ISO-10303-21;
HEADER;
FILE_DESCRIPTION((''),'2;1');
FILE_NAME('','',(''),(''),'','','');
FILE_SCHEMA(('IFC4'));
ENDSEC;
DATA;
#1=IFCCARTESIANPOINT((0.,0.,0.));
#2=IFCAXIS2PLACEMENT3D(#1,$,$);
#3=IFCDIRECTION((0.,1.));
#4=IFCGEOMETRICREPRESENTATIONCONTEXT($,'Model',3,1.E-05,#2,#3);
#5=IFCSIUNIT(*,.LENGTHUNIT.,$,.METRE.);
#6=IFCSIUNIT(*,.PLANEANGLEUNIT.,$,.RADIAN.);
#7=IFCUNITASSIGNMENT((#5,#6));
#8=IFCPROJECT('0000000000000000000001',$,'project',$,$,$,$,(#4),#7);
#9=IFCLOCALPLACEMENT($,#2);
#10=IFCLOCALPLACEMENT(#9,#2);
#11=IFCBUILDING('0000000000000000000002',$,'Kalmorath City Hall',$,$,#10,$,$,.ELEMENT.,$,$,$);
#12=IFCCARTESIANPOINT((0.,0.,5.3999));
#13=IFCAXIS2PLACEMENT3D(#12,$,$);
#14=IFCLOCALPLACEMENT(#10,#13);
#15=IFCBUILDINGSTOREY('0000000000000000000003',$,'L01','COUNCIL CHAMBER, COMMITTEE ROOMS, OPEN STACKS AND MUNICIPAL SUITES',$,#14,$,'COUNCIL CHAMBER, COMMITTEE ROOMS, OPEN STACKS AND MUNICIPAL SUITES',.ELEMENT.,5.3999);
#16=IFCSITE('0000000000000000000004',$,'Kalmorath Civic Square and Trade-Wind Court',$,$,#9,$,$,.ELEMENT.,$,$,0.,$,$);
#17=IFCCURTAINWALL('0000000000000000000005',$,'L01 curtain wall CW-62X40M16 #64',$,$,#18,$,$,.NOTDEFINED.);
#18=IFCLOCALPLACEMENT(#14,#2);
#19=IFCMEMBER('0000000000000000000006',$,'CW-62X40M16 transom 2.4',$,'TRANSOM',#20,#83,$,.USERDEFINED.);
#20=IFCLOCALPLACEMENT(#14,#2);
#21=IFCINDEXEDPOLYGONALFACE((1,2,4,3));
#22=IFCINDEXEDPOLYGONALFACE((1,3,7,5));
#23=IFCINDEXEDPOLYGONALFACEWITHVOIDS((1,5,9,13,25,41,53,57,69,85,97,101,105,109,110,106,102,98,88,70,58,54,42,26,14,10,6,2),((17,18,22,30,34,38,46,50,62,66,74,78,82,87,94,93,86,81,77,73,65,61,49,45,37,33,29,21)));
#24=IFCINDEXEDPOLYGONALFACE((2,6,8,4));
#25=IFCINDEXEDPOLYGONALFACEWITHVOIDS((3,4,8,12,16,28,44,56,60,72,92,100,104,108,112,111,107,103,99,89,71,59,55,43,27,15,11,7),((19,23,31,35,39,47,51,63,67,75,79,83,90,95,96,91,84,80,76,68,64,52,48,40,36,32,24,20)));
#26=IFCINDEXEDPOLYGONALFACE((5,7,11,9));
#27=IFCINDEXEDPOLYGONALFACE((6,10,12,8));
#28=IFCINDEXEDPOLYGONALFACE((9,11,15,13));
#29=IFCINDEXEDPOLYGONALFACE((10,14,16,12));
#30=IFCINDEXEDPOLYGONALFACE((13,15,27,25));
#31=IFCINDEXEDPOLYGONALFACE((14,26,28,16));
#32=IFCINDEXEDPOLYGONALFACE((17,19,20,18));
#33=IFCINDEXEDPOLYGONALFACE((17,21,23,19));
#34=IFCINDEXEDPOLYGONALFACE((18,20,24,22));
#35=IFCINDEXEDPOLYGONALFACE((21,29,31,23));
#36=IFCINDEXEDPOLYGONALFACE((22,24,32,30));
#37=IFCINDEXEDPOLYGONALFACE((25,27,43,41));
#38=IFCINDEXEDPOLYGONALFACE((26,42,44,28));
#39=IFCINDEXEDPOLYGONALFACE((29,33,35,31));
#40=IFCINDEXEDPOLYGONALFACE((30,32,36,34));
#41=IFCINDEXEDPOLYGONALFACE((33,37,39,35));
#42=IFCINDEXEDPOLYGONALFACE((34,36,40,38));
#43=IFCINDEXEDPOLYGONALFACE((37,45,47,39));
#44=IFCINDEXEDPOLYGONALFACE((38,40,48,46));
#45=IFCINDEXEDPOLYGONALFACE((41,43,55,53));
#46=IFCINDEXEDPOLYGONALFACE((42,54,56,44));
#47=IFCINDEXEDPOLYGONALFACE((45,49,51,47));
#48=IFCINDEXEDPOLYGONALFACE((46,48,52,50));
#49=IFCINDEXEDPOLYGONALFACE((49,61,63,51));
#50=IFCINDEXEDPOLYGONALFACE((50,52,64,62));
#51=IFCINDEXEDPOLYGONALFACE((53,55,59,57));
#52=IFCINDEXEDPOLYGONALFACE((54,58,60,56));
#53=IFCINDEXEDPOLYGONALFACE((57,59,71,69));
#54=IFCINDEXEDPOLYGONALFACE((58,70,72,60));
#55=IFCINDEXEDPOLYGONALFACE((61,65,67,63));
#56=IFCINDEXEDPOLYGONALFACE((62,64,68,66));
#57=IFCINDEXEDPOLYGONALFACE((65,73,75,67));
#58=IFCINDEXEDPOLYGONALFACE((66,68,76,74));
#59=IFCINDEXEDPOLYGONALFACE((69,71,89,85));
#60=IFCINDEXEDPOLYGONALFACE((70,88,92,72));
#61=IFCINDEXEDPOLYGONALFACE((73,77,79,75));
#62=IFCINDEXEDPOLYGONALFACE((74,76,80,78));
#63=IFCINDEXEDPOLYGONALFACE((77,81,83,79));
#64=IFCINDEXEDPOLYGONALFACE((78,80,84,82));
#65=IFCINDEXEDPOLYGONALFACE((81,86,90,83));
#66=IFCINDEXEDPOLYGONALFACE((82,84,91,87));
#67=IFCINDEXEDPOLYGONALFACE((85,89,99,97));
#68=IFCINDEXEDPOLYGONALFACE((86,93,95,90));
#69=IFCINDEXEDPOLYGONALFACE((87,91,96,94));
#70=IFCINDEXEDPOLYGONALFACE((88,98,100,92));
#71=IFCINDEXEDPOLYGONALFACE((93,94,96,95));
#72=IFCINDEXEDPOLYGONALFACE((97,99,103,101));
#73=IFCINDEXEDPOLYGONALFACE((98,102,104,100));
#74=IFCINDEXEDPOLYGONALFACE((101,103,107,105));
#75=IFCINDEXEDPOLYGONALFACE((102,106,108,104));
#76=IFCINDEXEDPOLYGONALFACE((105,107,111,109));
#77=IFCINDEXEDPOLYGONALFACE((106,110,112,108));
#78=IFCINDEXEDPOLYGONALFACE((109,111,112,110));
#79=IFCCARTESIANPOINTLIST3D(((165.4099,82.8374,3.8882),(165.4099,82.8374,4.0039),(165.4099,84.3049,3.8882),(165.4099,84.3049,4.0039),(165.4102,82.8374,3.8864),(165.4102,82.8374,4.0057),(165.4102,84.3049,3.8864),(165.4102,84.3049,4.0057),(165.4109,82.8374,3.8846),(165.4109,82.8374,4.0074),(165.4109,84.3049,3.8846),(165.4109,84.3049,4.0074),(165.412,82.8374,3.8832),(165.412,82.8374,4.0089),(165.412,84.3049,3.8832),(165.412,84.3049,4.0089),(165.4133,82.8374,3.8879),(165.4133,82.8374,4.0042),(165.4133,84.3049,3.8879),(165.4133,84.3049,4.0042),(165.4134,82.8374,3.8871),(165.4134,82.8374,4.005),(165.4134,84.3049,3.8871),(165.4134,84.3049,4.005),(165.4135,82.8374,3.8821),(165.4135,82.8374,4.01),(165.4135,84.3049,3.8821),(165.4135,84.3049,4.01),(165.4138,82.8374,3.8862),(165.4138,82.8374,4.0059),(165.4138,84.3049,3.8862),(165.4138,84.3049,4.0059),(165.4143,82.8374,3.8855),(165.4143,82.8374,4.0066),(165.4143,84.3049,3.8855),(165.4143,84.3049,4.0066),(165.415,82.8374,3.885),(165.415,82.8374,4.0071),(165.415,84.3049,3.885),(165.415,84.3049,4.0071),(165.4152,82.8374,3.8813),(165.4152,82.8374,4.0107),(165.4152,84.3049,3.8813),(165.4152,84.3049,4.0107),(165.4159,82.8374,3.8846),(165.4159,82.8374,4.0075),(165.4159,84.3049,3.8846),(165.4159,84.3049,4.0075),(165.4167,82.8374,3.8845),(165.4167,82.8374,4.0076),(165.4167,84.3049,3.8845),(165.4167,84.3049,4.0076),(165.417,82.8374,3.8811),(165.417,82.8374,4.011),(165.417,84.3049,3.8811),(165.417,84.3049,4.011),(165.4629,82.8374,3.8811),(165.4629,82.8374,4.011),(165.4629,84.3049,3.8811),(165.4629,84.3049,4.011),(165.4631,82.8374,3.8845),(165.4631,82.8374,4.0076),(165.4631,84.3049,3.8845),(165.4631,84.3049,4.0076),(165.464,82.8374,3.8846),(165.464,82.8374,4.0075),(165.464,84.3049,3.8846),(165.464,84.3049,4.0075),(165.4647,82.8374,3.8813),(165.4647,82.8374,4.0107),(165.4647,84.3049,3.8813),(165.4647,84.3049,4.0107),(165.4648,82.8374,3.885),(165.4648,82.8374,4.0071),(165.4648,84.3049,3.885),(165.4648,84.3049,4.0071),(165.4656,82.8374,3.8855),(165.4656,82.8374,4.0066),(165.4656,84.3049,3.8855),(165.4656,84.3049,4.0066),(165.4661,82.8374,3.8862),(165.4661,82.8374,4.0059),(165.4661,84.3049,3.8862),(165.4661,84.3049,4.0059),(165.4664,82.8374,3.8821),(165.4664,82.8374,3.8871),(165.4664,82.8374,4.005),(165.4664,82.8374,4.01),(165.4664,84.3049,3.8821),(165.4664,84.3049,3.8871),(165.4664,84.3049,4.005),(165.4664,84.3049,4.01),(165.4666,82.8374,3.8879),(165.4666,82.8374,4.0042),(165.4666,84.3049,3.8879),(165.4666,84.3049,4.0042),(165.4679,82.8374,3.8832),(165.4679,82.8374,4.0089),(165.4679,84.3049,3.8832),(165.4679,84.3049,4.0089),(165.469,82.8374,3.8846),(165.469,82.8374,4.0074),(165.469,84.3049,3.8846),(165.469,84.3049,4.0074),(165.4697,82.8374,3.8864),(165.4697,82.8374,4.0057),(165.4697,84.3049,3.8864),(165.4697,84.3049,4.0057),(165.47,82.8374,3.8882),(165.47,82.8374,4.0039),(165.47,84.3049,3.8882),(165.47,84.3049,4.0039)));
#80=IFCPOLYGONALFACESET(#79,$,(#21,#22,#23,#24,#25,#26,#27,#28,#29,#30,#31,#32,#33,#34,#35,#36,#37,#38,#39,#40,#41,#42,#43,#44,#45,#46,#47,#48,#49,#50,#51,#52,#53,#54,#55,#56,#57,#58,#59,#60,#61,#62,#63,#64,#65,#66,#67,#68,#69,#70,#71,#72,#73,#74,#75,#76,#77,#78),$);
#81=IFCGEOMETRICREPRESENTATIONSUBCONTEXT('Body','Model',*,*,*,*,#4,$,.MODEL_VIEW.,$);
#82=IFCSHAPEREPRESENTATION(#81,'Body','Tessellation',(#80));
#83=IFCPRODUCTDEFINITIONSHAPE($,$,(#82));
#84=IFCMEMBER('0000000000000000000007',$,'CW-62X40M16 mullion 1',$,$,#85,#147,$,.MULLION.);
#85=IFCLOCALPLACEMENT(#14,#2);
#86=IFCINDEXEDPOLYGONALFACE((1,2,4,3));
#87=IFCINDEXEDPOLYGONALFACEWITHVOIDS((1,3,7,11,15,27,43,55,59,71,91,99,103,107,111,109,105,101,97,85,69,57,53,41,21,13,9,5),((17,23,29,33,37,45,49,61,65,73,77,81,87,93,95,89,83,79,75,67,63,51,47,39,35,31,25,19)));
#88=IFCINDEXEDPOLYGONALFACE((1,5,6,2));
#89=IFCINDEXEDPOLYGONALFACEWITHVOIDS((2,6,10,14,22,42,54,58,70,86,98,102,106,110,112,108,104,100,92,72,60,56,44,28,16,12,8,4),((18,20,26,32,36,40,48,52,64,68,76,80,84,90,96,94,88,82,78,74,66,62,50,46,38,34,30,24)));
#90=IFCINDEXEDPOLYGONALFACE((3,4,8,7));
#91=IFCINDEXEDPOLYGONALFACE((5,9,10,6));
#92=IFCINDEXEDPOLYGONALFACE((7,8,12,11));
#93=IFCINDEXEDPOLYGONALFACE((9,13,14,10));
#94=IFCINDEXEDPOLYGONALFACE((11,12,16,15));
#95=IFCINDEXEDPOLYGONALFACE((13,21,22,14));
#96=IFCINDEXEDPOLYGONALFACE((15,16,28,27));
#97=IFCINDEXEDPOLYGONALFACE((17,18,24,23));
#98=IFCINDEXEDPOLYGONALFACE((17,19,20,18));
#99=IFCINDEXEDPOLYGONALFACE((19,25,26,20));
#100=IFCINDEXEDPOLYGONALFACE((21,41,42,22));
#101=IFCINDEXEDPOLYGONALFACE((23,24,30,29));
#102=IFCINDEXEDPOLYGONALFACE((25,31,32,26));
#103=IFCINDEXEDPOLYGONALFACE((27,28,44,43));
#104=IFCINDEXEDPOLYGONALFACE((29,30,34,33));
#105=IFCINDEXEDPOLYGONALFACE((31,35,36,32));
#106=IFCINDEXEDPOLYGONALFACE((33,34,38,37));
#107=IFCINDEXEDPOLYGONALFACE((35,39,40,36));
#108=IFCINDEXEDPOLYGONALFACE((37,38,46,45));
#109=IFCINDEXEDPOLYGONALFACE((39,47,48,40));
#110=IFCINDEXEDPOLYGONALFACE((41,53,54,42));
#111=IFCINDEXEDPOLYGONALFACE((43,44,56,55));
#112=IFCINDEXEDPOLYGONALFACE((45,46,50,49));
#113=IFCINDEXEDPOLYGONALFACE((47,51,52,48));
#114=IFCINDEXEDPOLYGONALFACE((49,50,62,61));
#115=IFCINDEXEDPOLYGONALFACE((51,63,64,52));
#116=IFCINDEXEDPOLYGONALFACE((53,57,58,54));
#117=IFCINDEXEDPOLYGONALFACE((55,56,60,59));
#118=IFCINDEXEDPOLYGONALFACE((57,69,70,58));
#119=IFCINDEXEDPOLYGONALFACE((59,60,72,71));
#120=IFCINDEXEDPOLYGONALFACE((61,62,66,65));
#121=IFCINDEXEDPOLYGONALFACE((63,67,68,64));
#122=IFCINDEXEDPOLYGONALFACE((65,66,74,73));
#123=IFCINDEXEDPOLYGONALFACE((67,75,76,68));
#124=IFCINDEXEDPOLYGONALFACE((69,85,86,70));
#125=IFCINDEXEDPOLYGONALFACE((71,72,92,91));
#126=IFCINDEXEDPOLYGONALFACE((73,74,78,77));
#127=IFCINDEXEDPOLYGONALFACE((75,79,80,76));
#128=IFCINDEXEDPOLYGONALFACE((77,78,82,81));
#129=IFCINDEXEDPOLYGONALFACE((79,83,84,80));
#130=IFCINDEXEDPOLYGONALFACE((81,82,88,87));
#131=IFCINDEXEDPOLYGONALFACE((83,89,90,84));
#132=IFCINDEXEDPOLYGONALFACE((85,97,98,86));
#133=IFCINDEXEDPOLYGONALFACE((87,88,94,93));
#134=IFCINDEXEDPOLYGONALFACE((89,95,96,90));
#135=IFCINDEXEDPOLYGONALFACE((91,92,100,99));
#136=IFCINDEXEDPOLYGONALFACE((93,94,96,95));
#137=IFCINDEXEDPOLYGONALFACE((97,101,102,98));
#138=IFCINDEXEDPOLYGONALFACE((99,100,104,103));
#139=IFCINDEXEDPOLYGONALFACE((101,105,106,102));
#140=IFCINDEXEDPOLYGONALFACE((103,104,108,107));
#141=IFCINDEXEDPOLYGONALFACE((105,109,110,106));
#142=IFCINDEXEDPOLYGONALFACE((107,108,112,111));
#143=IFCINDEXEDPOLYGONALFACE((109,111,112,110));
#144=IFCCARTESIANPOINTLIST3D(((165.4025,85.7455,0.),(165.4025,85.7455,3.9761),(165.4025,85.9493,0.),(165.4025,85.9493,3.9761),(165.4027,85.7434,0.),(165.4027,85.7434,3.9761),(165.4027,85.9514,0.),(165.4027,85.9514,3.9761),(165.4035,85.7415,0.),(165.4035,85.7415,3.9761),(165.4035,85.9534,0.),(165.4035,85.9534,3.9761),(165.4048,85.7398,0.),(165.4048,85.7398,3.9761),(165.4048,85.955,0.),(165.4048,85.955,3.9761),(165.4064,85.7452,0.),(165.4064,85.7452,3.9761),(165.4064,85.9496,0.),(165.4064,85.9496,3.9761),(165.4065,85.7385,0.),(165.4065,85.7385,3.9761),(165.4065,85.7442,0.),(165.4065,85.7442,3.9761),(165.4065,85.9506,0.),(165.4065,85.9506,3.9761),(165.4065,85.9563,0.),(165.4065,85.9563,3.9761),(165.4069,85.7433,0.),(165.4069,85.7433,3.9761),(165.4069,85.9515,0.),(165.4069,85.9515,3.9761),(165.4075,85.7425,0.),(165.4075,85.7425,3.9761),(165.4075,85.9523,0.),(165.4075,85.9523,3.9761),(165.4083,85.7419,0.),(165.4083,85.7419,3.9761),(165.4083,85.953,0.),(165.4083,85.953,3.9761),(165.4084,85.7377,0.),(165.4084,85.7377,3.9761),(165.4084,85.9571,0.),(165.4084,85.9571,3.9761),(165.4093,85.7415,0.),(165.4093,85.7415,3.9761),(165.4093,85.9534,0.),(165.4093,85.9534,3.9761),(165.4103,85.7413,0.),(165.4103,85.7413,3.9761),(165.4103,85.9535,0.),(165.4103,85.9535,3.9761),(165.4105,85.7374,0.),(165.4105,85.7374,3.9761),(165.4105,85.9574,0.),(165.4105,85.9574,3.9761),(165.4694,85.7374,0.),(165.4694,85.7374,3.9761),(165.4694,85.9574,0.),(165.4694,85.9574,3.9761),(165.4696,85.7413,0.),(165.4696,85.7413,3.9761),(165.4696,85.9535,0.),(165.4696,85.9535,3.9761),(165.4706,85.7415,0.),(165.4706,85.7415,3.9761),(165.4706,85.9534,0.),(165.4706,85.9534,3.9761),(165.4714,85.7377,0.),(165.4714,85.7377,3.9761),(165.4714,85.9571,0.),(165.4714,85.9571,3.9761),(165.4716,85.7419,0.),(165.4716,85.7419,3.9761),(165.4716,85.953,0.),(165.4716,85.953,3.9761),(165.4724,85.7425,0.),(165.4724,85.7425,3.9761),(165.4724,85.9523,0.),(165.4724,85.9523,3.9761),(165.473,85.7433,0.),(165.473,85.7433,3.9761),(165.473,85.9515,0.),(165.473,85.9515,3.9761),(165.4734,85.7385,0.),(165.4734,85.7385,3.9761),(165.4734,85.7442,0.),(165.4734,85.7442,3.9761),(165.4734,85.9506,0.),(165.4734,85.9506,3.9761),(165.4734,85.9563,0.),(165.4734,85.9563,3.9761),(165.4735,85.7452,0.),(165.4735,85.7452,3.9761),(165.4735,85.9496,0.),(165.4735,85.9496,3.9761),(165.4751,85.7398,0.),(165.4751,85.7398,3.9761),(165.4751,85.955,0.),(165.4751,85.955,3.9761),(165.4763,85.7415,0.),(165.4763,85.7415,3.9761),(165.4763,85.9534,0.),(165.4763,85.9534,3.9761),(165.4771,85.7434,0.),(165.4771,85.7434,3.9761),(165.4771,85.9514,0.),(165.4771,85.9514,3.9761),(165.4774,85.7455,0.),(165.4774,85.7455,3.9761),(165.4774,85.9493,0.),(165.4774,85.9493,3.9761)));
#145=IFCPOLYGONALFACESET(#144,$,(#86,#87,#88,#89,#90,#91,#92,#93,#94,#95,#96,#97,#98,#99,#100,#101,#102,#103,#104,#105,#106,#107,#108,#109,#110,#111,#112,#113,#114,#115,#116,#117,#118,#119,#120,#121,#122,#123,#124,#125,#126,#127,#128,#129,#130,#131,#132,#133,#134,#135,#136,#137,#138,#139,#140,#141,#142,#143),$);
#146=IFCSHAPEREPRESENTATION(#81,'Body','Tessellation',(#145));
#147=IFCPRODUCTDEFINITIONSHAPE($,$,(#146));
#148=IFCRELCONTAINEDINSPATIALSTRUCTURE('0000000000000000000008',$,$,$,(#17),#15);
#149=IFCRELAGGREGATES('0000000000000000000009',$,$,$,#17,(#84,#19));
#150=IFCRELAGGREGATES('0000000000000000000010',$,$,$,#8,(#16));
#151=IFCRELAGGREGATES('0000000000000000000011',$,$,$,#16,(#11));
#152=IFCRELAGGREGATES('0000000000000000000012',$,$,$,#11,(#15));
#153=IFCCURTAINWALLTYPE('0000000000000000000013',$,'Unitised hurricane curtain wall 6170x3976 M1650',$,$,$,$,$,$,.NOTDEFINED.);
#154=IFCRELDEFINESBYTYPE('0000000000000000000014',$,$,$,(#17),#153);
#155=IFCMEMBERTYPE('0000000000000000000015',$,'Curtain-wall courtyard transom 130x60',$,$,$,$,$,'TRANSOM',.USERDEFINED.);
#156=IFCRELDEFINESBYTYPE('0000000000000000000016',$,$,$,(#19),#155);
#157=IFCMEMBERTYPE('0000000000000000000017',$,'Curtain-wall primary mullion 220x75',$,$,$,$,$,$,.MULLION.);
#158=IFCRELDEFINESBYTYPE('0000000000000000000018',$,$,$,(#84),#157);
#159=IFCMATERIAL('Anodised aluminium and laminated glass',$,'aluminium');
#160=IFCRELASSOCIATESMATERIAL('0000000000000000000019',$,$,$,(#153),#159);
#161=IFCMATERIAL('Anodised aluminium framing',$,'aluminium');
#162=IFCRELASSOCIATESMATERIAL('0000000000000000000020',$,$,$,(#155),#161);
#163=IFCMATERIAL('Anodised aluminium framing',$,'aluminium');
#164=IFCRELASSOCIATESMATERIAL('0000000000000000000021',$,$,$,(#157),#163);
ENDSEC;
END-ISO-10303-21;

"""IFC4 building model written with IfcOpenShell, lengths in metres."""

from ifc_helpers import new_model, si_unit, direction, frame, origin, origin_2d, place, context, subcontext, project, spatial, hollow_rectangle, extrude, material, material_profile, profile_set, type_object, element, aggregate, save


model = new_model("IFC4")

# Units and contexts
model_context = context("Model", 3, precision=1e-05, world=origin(), true_north=direction((0.0, 1.0)))
body_context = subcontext(model_context, "Body", "Model", "MODEL_VIEW")
ifc_project = project(units=[si_unit("LENGTHUNIT", "METRE"), si_unit("PLANEANGLEUNIT", "RADIAN")], contexts=[model_context])

# Site, building, storey
site_placement = place(None, origin())
site = spatial("IfcSite", under=ifc_project, at=site_placement, Name="Kalmorath Civic Square and Trade-Wind Court", CompositionType="ELEMENT", RefElevation=0.0)
building_placement = place(site_placement, origin())
building = spatial("IfcBuilding", under=site, at=building_placement, Name="Kalmorath City Hall", CompositionType="ELEMENT")
storey_placement = place(building_placement, frame((0.0, 0.0, 5.3999)))
storey = spatial("IfcBuildingStorey", under=building, at=storey_placement, Name="L01", Description="COUNCIL CHAMBER, COMMITTEE ROOMS, OPEN STACKS AND MUNICIPAL SUITES", LongName="COUNCIL CHAMBER, COMMITTEE ROOMS, OPEN STACKS AND MUNICIPAL SUITES", CompositionType="ELEMENT", Elevation=5.3999)

# Curtain wall, members
ifc_material_1 = material(Name="Anodised aluminium and laminated glass", Category="aluminium")
curtain_wall_type = type_object("IfcCurtainWallType", Name="Unitised hurricane curtain wall 6170x3976 M1650", PredefinedType="NOTDEFINED", material=ifc_material_1)
curtain_wall_placement = place(storey_placement, origin())
curtain_wall = element("IfcCurtainWall", 1, at=curtain_wall_placement, inside=storey, type_object=curtain_wall_type, Name="L01 curtain wall CW-62X40M16 #64", PredefinedType="NOTDEFINED")
ifc_material_2 = material(Name="Anodised aluminium framing", Category="aluminium")
ifc_material_profile_1 = material_profile(ifc_material_2, hollow_rectangle(XDim=0.0601, YDim=0.1299, WallThickness=0.0034, InnerFilletRadius=0.0034, OuterFilletRadius=0.0071, at=origin_2d()), Name="ALU-TRN-130X60X3.5")
ifc_profile_set_1 = profile_set([ifc_material_profile_1], Name="Anodised aluminium framing")
member_type_1 = type_object("IfcMemberType", Name="Curtain-wall courtyard transom 130x60", ElementType="TRANSOM", PredefinedType="USERDEFINED", material=ifc_profile_set_1)
member_1_placement = place(storey_placement, frame((165.4399, 84.3049, 3.946), z_axis=(0.0, -1.0, 0.0), x_axis=(1.0, 0.0, 0.0)))
member_1 = element("IfcMember", 2, at=member_1_placement, type_object=member_type_1, Name="CW-62X40M16 transom 2.4", ObjectType="TRANSOM", PredefinedType="USERDEFINED", context=body_context, shape_type="SweptSolid", body=[
    extrude(hollow_rectangle(XDim=0.0601, YDim=0.1299, WallThickness=0.0034, InnerFilletRadius=0.0034, OuterFilletRadius=0.0071, at=origin_2d()), origin(), (0.0, 0.0, 1.0), 1.4675),
])
ifc_material_3 = material(Name="Anodised aluminium framing", Category="aluminium")
ifc_material_profile_2 = material_profile(ifc_material_3, hollow_rectangle(XDim=0.075, YDim=0.22, WallThickness=0.0039, InnerFilletRadius=0.0039, OuterFilletRadius=0.0081, at=origin_2d()), Name="ALU-MUL-220X75X4")
ifc_profile_set_2 = profile_set([ifc_material_profile_2], Name="Anodised aluminium framing")
member_type_2 = type_object("IfcMemberType", Name="Curtain-wall primary mullion 220x75", PredefinedType="MULLION", material=ifc_profile_set_2)
member_2_placement = place(storey_placement, frame((165.4399, 85.8474, 0.0), z_axis=(0.0, 0.0, 1.0), x_axis=(1.0, 0.0, 0.0)))
member_2 = element("IfcMember", 3, at=member_2_placement, type_object=member_type_2, Name="CW-62X40M16 mullion 1", PredefinedType="MULLION", context=body_context, shape_type="SweptSolid", body=[
    extrude(hollow_rectangle(XDim=0.075, YDim=0.22, WallThickness=0.0039, InnerFilletRadius=0.0039, OuterFilletRadius=0.0081, at=origin_2d()), origin(), (0.0, 0.0, 1.0), 3.9761),
])

aggregate(curtain_wall, [member_2, member_1])

save(model, "model.ifc")
